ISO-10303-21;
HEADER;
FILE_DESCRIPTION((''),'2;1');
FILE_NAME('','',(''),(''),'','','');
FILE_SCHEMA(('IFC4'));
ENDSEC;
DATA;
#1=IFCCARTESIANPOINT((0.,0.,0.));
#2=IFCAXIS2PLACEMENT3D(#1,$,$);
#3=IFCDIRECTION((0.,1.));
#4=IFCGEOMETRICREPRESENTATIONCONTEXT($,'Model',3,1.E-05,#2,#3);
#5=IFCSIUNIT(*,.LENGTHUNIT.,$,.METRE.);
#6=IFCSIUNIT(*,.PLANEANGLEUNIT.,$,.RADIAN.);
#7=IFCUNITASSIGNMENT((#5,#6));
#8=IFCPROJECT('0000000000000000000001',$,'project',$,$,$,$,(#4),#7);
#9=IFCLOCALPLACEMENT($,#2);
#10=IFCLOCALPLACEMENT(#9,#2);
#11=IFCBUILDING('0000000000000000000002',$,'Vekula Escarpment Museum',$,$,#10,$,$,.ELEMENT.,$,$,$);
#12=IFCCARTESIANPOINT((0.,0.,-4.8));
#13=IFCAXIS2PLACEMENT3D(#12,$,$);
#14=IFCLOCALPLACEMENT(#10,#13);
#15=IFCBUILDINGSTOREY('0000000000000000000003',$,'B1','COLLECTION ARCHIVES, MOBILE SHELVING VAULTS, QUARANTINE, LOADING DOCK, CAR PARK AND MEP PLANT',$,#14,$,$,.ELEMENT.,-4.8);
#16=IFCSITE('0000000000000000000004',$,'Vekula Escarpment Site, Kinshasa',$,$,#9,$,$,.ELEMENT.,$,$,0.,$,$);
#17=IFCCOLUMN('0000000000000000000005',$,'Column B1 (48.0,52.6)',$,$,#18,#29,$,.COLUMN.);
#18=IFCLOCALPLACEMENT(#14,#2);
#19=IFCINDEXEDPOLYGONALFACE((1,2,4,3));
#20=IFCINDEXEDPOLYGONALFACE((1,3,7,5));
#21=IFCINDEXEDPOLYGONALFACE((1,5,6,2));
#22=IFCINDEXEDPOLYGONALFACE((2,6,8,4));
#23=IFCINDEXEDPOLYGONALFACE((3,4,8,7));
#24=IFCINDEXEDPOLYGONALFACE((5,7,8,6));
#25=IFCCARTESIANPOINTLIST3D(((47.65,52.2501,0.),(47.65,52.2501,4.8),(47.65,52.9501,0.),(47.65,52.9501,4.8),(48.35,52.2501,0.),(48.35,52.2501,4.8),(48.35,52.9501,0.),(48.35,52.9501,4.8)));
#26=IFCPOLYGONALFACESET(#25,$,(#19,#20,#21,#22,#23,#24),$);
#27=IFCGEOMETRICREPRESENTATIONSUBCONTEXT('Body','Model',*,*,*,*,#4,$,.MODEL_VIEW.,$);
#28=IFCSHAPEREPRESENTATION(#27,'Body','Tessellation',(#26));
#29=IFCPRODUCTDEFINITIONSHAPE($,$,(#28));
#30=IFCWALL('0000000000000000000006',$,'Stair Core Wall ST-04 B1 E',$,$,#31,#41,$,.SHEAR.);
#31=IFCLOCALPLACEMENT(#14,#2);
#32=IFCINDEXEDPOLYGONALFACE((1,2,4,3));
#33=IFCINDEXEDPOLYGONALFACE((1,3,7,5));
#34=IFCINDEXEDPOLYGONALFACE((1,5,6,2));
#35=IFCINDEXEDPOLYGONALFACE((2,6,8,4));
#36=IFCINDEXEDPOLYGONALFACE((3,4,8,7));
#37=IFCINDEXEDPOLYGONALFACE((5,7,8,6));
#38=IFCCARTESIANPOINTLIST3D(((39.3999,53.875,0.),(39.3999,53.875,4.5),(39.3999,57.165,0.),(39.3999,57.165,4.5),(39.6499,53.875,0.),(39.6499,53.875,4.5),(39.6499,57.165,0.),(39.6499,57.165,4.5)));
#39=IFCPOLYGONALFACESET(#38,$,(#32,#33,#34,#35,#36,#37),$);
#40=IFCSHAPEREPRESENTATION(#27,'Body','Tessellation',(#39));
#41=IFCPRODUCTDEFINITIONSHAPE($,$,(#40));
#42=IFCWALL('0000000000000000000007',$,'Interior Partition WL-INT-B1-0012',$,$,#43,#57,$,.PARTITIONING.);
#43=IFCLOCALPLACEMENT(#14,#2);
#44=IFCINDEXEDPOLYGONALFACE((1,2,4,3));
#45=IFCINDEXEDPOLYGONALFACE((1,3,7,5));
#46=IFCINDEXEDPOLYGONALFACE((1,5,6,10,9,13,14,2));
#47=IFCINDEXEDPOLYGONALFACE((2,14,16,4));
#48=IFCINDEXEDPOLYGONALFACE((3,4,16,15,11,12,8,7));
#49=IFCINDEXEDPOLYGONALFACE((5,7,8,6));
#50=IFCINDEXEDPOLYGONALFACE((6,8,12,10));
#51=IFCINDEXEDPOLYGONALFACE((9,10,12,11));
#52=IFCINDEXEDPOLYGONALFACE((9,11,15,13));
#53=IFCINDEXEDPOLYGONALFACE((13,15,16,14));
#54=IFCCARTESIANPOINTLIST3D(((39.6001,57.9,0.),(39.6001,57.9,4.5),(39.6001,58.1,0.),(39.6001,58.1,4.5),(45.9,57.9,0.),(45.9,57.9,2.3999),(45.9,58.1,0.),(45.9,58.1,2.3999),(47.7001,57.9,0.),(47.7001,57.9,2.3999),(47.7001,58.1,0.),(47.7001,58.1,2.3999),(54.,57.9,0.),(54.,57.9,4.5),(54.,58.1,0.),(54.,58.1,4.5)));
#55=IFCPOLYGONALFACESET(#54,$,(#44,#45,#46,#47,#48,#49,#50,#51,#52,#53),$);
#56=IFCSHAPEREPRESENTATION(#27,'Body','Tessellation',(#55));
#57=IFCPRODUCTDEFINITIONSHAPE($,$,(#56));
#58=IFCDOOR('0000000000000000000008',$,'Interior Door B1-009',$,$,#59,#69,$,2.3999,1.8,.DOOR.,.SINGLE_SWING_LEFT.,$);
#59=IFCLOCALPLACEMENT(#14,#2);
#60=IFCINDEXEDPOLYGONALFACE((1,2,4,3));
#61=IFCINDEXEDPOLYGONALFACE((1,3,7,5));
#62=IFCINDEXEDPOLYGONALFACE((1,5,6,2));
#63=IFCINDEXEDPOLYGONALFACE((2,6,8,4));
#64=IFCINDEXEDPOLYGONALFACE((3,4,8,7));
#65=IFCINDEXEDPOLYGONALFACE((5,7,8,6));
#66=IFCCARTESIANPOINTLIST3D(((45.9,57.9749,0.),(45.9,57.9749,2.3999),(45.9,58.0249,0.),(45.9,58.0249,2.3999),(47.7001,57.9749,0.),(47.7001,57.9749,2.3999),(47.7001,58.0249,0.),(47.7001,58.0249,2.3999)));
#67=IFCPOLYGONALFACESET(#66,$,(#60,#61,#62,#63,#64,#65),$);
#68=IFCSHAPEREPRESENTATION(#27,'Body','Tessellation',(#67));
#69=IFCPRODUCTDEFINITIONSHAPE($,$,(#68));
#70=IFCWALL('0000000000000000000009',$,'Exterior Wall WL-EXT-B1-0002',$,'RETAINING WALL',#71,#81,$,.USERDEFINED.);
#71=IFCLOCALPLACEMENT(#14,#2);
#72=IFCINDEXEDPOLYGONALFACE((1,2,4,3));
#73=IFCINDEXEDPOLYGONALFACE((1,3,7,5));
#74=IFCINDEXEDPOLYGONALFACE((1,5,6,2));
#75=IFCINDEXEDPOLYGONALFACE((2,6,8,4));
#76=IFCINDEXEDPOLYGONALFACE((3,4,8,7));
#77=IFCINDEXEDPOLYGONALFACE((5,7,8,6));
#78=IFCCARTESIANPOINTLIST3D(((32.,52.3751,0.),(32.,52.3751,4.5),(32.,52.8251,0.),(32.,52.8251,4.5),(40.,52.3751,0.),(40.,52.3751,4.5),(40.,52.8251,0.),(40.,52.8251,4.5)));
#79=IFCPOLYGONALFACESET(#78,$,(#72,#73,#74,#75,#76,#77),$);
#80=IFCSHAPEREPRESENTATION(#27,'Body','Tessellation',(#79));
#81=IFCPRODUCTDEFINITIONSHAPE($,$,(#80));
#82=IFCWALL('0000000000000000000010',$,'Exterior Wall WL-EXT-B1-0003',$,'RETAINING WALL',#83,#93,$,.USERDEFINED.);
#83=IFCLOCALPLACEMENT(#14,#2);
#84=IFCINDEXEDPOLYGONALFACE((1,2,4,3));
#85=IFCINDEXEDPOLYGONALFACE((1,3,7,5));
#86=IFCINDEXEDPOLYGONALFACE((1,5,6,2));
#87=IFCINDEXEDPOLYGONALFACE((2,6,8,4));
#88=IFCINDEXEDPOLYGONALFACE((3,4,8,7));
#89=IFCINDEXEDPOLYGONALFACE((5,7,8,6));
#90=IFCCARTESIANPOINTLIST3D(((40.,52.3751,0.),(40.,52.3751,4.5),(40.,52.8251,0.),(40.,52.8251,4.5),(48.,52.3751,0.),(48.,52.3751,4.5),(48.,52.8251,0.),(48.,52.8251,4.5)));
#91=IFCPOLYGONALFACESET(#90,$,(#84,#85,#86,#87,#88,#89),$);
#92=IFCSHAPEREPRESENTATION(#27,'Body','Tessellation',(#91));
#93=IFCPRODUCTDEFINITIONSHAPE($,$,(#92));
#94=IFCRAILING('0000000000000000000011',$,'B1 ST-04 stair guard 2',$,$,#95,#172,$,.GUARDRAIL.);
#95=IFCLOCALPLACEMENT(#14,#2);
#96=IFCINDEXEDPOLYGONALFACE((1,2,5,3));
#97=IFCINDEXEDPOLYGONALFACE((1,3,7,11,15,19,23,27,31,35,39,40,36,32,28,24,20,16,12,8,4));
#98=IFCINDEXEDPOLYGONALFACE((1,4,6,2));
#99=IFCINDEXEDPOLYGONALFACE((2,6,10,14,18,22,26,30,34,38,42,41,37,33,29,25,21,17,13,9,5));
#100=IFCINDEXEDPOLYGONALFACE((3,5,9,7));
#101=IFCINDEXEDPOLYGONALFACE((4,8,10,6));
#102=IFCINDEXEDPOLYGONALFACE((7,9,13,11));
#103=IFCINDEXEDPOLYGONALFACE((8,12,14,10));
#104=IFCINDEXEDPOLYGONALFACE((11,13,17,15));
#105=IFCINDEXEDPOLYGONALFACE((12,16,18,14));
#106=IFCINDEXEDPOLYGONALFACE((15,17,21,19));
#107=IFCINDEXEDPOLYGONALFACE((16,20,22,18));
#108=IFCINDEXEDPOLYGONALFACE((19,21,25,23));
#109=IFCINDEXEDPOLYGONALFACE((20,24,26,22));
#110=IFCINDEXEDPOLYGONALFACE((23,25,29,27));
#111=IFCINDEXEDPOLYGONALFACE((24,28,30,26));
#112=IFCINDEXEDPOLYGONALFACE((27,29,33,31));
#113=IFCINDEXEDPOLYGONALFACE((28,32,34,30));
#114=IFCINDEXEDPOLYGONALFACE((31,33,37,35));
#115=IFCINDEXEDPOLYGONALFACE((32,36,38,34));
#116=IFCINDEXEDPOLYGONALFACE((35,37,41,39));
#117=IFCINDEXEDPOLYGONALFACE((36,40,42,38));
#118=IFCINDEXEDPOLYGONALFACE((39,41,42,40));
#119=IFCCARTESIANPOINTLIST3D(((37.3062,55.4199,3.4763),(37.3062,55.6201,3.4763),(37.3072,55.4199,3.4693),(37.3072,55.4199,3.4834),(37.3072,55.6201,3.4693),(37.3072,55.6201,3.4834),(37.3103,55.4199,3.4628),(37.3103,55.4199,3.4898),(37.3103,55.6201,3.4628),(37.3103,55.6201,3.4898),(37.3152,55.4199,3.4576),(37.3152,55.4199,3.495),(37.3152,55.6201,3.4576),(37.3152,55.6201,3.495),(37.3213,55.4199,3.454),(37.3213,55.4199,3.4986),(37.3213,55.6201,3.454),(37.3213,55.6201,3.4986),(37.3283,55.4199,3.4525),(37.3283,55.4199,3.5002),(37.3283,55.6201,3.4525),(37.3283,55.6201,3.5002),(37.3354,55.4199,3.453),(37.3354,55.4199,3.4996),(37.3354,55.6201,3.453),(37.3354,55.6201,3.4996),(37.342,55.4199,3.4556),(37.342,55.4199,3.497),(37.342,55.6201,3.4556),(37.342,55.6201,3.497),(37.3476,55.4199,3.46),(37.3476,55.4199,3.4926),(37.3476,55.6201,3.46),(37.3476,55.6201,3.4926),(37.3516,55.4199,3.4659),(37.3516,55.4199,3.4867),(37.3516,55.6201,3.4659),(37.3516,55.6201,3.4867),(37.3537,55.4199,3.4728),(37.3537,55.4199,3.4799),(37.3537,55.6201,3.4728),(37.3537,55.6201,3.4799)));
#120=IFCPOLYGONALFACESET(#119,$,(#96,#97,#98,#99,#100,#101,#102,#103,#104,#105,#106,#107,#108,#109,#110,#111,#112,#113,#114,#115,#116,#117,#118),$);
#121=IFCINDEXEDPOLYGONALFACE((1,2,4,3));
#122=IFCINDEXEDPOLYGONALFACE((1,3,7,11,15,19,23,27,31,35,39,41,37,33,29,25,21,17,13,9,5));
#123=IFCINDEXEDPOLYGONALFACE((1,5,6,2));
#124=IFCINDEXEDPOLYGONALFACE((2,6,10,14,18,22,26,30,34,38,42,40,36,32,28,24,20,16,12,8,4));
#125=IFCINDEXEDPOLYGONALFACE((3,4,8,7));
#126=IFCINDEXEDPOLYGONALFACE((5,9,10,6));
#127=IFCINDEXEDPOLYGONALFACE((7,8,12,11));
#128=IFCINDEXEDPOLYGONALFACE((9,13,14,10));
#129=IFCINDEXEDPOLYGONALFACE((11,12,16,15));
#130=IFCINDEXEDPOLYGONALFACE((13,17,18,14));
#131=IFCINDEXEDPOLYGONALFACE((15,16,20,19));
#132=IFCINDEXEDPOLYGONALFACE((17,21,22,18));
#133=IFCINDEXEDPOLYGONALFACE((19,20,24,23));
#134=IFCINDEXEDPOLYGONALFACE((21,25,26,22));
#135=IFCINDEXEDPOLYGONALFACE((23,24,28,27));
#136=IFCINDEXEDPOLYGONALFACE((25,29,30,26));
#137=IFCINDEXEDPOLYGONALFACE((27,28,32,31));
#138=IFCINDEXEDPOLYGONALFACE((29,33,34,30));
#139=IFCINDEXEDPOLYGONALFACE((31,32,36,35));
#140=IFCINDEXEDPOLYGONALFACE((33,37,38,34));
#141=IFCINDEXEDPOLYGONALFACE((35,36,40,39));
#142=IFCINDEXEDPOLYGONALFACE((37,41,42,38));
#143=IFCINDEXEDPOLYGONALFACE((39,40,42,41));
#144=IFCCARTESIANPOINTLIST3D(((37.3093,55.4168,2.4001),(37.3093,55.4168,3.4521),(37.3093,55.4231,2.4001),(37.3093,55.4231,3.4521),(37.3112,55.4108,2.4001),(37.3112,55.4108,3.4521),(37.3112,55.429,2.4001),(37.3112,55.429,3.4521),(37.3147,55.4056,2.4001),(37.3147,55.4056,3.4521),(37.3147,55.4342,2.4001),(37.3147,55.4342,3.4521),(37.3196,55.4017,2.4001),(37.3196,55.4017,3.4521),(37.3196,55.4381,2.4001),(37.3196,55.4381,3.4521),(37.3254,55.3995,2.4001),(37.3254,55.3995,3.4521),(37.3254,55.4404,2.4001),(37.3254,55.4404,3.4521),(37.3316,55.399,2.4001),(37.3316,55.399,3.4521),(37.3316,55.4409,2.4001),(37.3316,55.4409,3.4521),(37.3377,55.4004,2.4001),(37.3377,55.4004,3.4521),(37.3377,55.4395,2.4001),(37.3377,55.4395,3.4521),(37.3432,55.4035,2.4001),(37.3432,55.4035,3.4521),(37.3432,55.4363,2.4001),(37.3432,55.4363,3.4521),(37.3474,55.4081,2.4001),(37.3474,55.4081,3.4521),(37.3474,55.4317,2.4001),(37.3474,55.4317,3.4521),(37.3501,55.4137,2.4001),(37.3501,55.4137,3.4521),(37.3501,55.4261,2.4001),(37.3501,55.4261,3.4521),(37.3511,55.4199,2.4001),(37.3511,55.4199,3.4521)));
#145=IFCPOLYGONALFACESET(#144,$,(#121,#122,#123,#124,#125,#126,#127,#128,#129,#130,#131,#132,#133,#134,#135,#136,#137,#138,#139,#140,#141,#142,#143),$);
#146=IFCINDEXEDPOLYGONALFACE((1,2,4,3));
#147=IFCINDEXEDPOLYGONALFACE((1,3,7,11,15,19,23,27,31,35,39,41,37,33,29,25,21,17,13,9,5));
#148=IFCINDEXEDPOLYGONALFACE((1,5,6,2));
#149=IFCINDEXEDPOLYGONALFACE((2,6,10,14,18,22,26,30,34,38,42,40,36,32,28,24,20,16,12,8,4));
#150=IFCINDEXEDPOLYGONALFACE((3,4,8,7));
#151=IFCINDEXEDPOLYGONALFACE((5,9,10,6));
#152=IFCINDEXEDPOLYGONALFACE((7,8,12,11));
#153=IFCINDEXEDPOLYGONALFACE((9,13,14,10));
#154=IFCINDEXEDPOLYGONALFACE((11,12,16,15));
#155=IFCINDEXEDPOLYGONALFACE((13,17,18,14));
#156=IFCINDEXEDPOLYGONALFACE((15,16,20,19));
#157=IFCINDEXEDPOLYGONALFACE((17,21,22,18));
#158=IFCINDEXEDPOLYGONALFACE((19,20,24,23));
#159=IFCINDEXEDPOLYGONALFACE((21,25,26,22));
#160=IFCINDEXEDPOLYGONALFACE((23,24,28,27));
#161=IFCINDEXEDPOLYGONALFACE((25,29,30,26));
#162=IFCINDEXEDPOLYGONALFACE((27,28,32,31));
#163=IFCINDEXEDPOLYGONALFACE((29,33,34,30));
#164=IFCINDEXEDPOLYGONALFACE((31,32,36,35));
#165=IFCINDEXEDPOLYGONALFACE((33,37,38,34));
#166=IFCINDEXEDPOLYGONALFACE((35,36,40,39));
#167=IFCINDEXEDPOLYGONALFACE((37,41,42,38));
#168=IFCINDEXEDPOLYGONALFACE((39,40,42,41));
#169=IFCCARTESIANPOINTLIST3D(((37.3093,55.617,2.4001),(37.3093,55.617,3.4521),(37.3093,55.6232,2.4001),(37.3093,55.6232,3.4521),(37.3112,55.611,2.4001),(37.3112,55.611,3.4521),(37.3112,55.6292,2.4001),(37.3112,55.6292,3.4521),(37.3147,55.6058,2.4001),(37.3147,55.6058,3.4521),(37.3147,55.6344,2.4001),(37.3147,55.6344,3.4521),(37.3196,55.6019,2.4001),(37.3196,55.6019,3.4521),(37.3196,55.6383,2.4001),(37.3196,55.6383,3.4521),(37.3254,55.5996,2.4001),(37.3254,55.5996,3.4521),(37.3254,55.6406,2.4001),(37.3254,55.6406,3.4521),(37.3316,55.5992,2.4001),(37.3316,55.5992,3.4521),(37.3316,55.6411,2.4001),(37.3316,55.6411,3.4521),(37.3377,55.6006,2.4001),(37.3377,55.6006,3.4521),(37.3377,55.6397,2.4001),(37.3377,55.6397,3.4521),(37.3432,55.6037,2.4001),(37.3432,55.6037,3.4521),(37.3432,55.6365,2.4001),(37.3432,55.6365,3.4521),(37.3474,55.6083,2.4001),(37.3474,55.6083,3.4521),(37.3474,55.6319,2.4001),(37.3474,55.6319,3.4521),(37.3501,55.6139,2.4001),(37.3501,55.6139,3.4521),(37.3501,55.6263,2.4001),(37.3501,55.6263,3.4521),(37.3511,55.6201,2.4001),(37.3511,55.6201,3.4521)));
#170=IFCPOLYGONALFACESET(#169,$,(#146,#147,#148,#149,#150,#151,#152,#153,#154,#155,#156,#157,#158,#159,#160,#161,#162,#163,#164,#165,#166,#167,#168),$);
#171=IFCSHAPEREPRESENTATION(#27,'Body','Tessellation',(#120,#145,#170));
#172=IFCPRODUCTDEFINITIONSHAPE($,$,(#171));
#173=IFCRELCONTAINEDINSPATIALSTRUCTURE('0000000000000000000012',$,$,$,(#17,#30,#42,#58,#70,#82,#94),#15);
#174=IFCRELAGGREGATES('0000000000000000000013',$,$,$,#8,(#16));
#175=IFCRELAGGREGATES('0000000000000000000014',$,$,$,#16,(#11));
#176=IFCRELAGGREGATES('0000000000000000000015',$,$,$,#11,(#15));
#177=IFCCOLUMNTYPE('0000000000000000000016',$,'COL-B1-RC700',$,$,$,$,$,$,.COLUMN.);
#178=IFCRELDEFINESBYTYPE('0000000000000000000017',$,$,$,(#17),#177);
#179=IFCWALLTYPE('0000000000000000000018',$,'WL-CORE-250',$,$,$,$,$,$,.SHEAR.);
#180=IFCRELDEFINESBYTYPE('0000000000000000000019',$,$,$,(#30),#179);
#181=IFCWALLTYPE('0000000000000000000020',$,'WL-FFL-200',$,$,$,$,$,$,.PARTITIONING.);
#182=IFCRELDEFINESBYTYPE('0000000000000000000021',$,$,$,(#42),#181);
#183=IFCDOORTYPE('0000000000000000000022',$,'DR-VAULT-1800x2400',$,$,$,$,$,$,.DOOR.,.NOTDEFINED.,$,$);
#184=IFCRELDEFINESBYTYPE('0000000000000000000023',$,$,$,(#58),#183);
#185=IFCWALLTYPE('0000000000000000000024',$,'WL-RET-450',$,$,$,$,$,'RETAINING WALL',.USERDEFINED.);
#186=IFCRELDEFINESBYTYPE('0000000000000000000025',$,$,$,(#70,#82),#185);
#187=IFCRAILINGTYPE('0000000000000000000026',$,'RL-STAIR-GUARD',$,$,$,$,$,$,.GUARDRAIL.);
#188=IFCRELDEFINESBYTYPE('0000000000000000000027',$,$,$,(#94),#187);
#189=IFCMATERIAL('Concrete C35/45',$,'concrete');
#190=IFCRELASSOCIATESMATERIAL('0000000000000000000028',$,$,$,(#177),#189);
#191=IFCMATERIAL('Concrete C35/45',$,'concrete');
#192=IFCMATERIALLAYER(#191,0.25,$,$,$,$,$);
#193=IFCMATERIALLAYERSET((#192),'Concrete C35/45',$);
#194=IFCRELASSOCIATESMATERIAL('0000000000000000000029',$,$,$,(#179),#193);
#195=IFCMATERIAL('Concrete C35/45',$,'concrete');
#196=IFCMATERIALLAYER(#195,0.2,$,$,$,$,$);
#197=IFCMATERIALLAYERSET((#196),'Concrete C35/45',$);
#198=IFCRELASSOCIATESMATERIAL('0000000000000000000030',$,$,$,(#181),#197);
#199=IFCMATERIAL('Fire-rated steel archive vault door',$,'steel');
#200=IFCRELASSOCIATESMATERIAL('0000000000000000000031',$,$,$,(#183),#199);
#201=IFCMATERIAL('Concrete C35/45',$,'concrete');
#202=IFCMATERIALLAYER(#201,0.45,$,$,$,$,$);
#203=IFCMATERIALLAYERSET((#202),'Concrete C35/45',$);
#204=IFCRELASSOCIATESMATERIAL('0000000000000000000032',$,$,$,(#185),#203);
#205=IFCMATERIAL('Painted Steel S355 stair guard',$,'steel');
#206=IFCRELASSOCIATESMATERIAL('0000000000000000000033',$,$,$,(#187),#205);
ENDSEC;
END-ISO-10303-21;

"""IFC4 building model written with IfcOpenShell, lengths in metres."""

from ifc_helpers import new_model, si_unit, direction, frame, frame_2d, origin, origin_2d, place, context, subcontext, project, spatial, rectangle, circle, extrude, material, layer, layer_set, material_profile, profile_set, type_object, element, fill, save


model = new_model("IFC4")

# Units and contexts
model_context = context("Model", 3, precision=1e-05, world=origin(), true_north=direction((0.0, 1.0)))
body_context = subcontext(model_context, "Body", "Model", "MODEL_VIEW")
ifc_project = project(units=[si_unit("LENGTHUNIT", "METRE"), si_unit("PLANEANGLEUNIT", "RADIAN")], contexts=[model_context])

# Site, building, storey
site_placement = place(None, origin())
site = spatial("IfcSite", under=ifc_project, at=site_placement, Name="Vekula Escarpment Site, Kinshasa", CompositionType="ELEMENT", RefElevation=0.0)
building_placement = place(site_placement, origin())
building = spatial("IfcBuilding", under=site, at=building_placement, Name="Vekula Escarpment Museum", CompositionType="ELEMENT")
storey_placement = place(building_placement, frame((0.0, 0.0, -4.8)))
storey = spatial("IfcBuildingStorey", under=building, at=storey_placement, Name="B1", Description="COLLECTION ARCHIVES, MOBILE SHELVING VAULTS, QUARANTINE, LOADING DOCK, CAR PARK AND MEP PLANT", CompositionType="ELEMENT", Elevation=-4.8)

# Column
ifc_material_1 = material(Name="Concrete C35/45", Category="concrete")
ifc_material_profile_1 = material_profile(ifc_material_1, rectangle(XDim=0.7, YDim=0.7, at=origin_2d()), Name="RC 700x700")
ifc_profile_set_1 = profile_set([ifc_material_profile_1], Name="Concrete C35/45")
column_type = type_object("IfcColumnType", Name="COL-B1-RC700", PredefinedType="COLUMN", material=ifc_profile_set_1)
for number, where, z_axis, x_axis, name in (
    (1, (48.0, 52.6001, 0.0), (0.0, 0.0, 1.0), (1.0, 0.0, 0.0), "Column B1 (48.0,52.6)"),
):
    element("IfcColumn", number, at=place(storey_placement, frame(where, z_axis=z_axis, x_axis=x_axis)), inside=storey, type_object=column_type, Name=name, PredefinedType="COLUMN", context=body_context, shape_type="SweptSolid", body=[
        extrude(rectangle(XDim=0.7, YDim=0.7, at=origin_2d()), origin(), (0.0, 0.0, 1.0), 4.8),
    ])

# Wall
ifc_material_2 = material(Name="Concrete C35/45", Category="concrete")
ifc_layer_1 = layer(ifc_material_2, 0.25)
ifc_layer_set_1 = layer_set([ifc_layer_1], Name="Concrete C35/45")
wall_type_1 = type_object("IfcWallType", Name="WL-CORE-250", PredefinedType="SHEAR", material=ifc_layer_set_1)
wall_1_placement = place(storey_placement, frame((39.5249, 53.875, 0.0), z_axis=(0.0, 0.0, 1.0), x_axis=(0.0, 1.0, 0.0)))
element("IfcWall", 2, at=wall_1_placement, inside=storey, type_object=wall_type_1, Name="Stair Core Wall ST-04 B1 E", PredefinedType="SHEAR", context=body_context, shape_type="SweptSolid", body=[
    extrude(rectangle(XDim=3.29, YDim=0.25, at=frame_2d((1.645, 0.0))), origin(), (0.0, 0.0, 1.0), 4.5),
])

# Wall, opening, door
ifc_material_3 = material(Name="Concrete C35/45", Category="concrete")
ifc_layer_2 = layer(ifc_material_3, 0.2)
ifc_layer_set_2 = layer_set([ifc_layer_2], Name="Concrete C35/45")
wall_type_2 = type_object("IfcWallType", Name="WL-FFL-200", PredefinedType="PARTITIONING", material=ifc_layer_set_2)
wall_2_placement = place(storey_placement, frame((39.6001, 58.0, 0.0), z_axis=(0.0, 0.0, 1.0), x_axis=(1.0, 0.0, 0.0)))
wall_2 = element("IfcWall", 3, at=wall_2_placement, inside=storey, type_object=wall_type_2, Name="Interior Partition WL-INT-B1-0012", PredefinedType="PARTITIONING", context=body_context, shape_type="SweptSolid", body=[
    extrude(rectangle(XDim=14.3999, YDim=0.2, at=frame_2d((7.2, 0.0))), origin(), (0.0, 0.0, 1.0), 4.5),
])
opening_1_placement = place(wall_2_placement, frame((6.3, 0.0, 0.0)))
opening_1 = element("IfcOpeningElement", 4, at=opening_1_placement, cuts=wall_2, PredefinedType="OPENING", context=body_context, shape_type="SweptSolid", body=[
    extrude(rectangle(XDim=1.8, YDim=2.3999, at=frame_2d((0.8999, 1.2))), frame((0.0, 0.1099, 0.0), z_axis=(0.0, -1.0, 0.0), x_axis=(1.0, 0.0, 0.0)), (0.0, 0.0, 1.0), 0.22),
])
ifc_material_4 = material(Name="Fire-rated steel archive vault door", Category="steel")
door_type = type_object("IfcDoorType", Name="DR-VAULT-1800x2400", OperationType="NOTDEFINED", PredefinedType="DOOR", material=ifc_material_4)
door_1_placement = place(opening_1_placement, origin())
door_1 = element("IfcDoor", 5, at=door_1_placement, inside=storey, type_object=door_type, Name="Interior Door B1-009", OperationType="SINGLE_SWING_LEFT", OverallHeight=2.3999, OverallWidth=1.8, PredefinedType="DOOR", context=body_context, shape_type="SweptSolid", body=[
    extrude(rectangle(XDim=1.8, YDim=2.3999, at=frame_2d((0.8999, 1.2))), frame((0.0, 0.0249, 0.0), z_axis=(0.0, -1.0, 0.0), x_axis=(1.0, 0.0, 0.0)), (0.0, 0.0, 1.0), 0.05),
])
fill(opening_1, door_1)

# Walls
ifc_material_5 = material(Name="Concrete C35/45", Category="concrete")
ifc_layer_3 = layer(ifc_material_5, 0.45)
ifc_layer_set_3 = layer_set([ifc_layer_3], Name="Concrete C35/45")
wall_type_3 = type_object("IfcWallType", Name="WL-RET-450", ElementType="RETAINING WALL", PredefinedType="USERDEFINED", material=ifc_layer_set_3)
for number, where, z_axis, x_axis, name in (
    (6, (40.0, 52.6001, 0.0), (0.0, 0.0, 1.0), (-1.0, 0.0, 0.0), "Exterior Wall WL-EXT-B1-0002"),
    (7, (48.0, 52.6001, 0.0), (0.0, 0.0, 1.0), (-1.0, 0.0, 0.0), "Exterior Wall WL-EXT-B1-0003"),
):
    element("IfcWall", number, at=place(storey_placement, frame(where, z_axis=z_axis, x_axis=x_axis)), inside=storey, type_object=wall_type_3, Name=name, ObjectType="RETAINING WALL", PredefinedType="USERDEFINED", context=body_context, shape_type="SweptSolid", body=[
        extrude(rectangle(XDim=8.0, YDim=0.45, at=frame_2d((4.0, 0.0))), origin(), (0.0, 0.0, 1.0), 4.5),
    ])

# Railing
ifc_material_6 = material(Name="Painted Steel S355 stair guard", Category="steel")
railing_type_1 = type_object("IfcRailingType", Name="RL-STAIR-GUARD", PredefinedType="GUARDRAIL", material=ifc_material_6)
railing_1_placement = place(storey_placement, frame((37.3301, 55.4199, 2.4001)))
element("IfcRailing", 8, at=railing_1_placement, inside=storey, type_object=railing_type_1, Name="B1 ST-04 stair guard 2", PredefinedType="GUARDRAIL", context=body_context, shape_type="SweptSolid", body=[
    extrude(circle(Radius=0.0239, at=origin_2d()), frame((0.0, 0.0, 1.0762), z_axis=(0.0, 1.0, 0.0), x_axis=(-1.0, 0.0, 0.0)), (0.0, 0.0, 1.0), 0.2002),
    extrude(circle(Radius=0.021, at=origin_2d()), origin(), (0.0, 0.0, 1.0), 1.052),
    extrude(circle(Radius=0.021, at=origin_2d()), frame((0.0, 0.2002, 0.0)), (0.0, 0.0, 1.0), 1.052),
])

save(model, "model.ifc")
